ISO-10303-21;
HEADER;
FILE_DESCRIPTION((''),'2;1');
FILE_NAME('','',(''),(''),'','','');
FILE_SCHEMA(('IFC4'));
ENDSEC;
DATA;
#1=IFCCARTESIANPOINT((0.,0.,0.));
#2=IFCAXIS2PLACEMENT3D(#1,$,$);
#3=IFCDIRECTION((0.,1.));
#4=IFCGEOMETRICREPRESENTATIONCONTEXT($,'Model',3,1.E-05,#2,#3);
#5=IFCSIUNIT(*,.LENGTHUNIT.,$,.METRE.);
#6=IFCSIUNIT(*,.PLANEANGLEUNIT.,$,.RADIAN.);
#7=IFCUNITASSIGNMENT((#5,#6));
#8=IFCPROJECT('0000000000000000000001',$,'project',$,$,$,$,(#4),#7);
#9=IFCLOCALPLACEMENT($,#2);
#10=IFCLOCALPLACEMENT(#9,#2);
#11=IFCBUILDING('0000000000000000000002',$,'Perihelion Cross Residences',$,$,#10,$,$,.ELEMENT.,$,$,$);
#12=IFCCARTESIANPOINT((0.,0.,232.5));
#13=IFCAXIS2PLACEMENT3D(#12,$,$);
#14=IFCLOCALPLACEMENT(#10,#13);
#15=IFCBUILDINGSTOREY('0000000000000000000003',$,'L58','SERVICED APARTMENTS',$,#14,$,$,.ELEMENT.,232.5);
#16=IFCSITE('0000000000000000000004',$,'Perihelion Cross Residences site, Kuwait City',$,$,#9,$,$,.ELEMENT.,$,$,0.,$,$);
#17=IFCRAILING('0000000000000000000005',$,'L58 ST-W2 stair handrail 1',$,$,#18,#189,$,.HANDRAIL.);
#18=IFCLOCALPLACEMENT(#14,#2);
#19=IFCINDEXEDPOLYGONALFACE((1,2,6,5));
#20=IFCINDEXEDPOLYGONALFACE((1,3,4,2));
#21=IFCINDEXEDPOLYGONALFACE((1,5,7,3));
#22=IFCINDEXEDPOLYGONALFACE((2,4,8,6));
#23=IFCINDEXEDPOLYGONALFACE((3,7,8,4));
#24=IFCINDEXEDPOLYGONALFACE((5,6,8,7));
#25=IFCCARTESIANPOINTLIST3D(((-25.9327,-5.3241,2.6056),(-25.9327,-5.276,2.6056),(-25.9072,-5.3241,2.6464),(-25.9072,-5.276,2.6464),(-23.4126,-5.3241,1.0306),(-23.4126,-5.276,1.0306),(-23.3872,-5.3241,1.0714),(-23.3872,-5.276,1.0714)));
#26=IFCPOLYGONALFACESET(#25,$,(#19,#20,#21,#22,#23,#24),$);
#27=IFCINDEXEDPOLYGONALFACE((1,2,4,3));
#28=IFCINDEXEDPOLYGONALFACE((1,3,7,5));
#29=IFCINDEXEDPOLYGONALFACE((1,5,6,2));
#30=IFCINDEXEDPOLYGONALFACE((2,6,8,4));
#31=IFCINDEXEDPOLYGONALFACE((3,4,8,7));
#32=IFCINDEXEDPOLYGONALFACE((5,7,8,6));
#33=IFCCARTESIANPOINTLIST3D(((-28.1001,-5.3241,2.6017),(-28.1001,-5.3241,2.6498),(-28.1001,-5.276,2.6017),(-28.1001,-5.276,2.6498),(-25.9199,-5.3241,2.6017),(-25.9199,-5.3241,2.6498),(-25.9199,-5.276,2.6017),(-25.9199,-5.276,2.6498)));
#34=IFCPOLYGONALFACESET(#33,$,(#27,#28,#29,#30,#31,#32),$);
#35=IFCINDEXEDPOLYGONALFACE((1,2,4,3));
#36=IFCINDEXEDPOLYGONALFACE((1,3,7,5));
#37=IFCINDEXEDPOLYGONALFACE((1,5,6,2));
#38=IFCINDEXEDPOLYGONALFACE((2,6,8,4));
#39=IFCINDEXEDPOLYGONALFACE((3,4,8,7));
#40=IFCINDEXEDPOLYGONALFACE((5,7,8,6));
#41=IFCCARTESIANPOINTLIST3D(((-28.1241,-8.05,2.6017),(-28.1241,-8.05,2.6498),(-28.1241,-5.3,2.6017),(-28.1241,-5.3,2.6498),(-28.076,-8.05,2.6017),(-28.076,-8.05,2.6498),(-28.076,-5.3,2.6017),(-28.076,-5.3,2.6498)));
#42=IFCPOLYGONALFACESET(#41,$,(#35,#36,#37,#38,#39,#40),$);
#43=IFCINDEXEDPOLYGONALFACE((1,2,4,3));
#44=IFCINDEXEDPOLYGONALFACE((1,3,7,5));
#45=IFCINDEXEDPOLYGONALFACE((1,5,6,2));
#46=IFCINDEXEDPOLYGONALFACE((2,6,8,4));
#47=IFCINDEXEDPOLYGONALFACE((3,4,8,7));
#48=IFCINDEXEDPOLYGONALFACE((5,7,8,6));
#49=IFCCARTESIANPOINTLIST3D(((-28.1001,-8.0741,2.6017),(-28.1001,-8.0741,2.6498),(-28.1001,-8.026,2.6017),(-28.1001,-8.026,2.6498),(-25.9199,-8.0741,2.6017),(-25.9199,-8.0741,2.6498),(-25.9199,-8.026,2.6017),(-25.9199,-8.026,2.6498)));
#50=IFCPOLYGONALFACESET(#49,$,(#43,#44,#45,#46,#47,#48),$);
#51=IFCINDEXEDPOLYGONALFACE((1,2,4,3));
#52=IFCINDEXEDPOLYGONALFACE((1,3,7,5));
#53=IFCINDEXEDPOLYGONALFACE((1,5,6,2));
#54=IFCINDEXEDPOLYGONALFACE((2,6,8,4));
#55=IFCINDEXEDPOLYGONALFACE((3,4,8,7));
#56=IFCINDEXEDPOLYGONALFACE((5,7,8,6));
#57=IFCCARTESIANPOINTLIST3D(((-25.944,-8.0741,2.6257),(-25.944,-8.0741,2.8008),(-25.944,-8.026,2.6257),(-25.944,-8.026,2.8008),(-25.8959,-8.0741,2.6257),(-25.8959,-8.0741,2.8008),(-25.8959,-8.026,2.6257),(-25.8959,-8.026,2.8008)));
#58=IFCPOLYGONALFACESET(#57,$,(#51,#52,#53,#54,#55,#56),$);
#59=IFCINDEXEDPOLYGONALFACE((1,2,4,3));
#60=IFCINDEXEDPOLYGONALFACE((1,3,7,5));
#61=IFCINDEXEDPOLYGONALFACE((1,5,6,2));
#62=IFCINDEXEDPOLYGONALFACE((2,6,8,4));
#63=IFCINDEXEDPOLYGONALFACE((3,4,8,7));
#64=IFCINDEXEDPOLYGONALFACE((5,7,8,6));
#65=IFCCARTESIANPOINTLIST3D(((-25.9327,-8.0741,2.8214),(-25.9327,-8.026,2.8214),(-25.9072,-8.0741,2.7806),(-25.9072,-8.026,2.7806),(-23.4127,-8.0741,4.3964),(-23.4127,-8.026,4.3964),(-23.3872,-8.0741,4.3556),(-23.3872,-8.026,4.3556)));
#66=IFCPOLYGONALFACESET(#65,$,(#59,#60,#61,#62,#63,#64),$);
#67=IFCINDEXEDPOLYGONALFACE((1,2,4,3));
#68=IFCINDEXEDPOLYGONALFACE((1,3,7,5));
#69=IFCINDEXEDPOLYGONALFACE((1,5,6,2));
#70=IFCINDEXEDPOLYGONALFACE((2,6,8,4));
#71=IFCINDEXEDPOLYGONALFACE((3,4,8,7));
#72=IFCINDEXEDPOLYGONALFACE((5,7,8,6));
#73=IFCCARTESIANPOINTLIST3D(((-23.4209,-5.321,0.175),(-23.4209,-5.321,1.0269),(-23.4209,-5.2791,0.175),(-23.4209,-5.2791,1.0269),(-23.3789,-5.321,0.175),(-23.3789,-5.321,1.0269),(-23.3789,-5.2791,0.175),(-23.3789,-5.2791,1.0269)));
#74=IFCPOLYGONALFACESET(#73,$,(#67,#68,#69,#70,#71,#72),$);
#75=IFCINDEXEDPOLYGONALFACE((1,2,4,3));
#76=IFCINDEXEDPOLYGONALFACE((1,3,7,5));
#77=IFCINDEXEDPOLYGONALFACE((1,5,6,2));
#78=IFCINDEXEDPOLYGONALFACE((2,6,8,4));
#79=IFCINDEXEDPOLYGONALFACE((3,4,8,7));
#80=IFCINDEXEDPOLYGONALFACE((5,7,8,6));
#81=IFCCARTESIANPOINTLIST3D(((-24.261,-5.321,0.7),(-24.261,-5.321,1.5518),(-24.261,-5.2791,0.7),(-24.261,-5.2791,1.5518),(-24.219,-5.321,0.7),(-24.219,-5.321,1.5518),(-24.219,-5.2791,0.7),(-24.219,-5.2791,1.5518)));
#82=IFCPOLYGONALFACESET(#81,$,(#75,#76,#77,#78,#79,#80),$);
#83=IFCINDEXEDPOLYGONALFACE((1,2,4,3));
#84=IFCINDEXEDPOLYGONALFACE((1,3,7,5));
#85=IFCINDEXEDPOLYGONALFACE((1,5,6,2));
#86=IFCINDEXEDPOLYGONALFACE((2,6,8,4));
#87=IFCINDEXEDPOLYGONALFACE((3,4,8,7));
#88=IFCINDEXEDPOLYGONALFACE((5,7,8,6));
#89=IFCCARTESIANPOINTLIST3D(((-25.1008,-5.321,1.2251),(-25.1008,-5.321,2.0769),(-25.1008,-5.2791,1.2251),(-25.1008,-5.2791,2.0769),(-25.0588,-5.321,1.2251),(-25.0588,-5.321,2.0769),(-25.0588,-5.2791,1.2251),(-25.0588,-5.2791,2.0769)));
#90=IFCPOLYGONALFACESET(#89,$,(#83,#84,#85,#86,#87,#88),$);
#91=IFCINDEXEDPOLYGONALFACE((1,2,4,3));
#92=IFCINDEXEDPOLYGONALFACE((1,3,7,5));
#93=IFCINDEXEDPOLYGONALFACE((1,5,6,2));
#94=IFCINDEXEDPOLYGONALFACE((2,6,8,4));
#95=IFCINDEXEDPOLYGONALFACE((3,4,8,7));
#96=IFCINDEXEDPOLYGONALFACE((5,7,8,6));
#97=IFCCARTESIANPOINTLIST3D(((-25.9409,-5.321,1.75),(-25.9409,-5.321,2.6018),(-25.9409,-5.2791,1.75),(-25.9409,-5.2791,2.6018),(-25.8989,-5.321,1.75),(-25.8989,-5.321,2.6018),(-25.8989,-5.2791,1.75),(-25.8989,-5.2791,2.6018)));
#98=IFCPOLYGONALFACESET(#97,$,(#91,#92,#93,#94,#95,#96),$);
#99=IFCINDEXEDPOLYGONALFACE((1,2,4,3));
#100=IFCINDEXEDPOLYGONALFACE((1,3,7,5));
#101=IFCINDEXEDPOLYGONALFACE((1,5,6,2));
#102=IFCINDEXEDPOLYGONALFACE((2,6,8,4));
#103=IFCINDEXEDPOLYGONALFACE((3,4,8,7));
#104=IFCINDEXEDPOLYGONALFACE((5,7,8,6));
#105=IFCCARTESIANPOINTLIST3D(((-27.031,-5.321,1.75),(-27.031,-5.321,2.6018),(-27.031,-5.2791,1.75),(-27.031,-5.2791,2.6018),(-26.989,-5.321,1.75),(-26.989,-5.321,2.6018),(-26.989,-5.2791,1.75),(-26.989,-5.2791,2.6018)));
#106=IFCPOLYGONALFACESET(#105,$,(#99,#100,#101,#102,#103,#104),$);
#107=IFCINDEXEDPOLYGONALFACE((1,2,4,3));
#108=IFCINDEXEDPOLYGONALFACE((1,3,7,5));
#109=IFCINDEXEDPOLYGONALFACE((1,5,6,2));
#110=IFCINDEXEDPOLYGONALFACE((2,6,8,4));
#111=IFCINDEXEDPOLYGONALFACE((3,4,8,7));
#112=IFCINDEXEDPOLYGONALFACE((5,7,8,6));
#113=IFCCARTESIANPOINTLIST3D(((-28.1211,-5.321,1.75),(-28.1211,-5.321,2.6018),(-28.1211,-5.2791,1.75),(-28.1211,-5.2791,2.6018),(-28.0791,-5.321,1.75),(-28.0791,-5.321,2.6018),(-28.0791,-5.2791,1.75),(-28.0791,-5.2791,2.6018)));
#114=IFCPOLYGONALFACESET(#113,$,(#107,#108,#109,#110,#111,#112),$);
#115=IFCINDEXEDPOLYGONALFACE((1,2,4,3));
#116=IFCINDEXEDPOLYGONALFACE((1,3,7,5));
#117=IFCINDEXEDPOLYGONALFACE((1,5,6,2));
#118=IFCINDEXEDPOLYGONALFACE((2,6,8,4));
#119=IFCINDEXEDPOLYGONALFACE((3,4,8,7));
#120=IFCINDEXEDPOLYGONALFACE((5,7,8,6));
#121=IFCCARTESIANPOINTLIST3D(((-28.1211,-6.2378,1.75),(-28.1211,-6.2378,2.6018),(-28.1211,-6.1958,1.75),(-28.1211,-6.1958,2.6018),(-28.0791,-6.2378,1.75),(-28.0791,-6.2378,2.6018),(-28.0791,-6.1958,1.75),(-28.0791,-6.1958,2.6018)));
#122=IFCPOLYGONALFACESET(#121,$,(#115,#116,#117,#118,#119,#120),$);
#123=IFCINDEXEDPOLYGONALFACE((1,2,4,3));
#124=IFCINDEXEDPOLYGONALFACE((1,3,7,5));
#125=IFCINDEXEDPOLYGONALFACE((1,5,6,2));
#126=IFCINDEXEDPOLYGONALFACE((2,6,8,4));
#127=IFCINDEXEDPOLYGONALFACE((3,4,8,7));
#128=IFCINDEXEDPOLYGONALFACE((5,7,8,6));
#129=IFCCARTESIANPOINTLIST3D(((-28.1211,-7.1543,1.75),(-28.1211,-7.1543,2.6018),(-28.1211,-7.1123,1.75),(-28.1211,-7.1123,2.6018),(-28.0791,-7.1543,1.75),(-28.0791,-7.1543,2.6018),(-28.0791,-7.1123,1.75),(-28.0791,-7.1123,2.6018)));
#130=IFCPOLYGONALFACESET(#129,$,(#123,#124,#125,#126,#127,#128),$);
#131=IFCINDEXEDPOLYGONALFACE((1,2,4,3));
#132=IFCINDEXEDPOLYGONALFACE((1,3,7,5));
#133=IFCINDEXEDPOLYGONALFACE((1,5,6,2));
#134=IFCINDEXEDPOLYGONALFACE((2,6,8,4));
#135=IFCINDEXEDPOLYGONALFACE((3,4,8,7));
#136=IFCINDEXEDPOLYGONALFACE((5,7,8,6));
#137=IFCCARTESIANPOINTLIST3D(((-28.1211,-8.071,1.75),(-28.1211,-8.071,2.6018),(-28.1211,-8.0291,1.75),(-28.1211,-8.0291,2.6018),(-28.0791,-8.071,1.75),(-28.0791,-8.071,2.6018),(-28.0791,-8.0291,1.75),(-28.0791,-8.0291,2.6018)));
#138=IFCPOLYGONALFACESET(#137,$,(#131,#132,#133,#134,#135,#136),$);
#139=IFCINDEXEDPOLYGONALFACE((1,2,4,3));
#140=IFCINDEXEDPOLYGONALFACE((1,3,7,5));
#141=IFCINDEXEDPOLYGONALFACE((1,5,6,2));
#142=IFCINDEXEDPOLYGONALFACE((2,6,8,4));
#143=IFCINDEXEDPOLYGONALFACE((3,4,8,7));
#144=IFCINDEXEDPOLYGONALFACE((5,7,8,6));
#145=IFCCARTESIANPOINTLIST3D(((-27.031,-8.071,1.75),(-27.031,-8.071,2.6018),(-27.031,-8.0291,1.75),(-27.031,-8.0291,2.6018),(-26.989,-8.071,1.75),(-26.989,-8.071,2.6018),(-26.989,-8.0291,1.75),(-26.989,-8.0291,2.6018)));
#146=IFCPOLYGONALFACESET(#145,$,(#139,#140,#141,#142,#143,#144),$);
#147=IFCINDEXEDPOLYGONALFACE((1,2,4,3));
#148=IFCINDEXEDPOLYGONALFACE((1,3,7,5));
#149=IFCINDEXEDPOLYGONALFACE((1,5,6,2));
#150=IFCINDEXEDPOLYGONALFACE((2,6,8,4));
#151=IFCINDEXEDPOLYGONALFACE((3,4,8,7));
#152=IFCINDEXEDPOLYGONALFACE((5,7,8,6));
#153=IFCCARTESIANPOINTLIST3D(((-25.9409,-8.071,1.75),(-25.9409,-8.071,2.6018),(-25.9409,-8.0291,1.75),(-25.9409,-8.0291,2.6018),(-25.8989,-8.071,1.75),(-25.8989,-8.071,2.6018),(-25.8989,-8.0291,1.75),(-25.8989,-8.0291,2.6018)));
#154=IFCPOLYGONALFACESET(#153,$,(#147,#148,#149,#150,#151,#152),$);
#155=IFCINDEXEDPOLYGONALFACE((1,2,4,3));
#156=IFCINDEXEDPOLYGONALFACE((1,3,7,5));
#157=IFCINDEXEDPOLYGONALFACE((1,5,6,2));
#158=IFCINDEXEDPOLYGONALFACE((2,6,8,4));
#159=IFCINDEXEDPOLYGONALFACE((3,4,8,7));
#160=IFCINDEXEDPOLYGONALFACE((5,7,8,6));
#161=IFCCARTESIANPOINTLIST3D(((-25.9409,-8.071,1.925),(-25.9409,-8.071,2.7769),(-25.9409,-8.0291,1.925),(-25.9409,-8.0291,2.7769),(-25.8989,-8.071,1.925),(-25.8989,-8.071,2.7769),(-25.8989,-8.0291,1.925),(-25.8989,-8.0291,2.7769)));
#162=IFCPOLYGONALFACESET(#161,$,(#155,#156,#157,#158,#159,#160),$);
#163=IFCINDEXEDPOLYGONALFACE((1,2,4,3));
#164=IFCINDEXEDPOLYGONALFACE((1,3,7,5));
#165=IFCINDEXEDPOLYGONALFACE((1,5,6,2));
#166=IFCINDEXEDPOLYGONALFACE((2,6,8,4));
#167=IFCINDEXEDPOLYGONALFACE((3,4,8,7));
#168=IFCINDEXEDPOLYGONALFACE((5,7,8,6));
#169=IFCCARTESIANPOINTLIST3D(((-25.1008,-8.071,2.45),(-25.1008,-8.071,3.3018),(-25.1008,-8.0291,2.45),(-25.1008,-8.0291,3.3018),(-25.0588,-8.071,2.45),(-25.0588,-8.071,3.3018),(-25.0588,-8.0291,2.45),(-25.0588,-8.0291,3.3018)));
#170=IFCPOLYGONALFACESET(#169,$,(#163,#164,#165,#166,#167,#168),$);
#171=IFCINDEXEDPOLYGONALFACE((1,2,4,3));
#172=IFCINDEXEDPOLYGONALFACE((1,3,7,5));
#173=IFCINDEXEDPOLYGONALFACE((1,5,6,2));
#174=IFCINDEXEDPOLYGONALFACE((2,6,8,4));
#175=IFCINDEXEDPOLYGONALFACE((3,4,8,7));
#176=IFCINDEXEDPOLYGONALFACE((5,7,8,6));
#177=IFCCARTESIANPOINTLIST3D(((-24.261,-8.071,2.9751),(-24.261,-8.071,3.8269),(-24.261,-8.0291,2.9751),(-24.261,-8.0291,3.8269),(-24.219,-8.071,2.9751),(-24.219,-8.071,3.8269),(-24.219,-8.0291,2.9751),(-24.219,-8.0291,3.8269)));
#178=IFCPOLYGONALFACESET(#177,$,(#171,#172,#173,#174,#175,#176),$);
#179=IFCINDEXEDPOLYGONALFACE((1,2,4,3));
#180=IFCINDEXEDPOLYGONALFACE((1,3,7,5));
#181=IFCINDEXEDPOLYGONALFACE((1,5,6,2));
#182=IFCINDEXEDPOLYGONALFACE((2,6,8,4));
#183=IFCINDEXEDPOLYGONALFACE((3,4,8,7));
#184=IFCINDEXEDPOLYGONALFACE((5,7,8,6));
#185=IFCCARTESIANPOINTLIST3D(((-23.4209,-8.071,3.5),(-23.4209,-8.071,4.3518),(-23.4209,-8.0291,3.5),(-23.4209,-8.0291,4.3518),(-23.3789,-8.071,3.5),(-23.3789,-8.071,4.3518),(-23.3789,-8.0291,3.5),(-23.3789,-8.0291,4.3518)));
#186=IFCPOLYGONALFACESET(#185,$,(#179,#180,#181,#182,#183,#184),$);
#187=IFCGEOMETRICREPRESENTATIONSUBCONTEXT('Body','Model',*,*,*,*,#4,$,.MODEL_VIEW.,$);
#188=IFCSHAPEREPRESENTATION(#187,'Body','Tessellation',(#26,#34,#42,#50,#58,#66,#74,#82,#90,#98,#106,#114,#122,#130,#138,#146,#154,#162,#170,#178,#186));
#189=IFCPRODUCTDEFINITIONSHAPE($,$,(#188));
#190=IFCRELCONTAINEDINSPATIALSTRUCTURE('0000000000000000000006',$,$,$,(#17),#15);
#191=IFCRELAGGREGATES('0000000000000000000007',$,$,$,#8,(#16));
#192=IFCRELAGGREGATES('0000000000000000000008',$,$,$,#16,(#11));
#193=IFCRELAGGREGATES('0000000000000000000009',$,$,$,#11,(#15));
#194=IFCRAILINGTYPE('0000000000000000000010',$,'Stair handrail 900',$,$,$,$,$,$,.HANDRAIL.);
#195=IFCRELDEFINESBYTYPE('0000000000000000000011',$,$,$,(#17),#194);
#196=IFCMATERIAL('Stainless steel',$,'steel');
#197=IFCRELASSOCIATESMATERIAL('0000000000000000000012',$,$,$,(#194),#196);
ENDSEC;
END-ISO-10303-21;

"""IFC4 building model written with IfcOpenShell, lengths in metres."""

from ifc_helpers import new_model, si_unit, direction, frame, origin, origin_2d, place, context, subcontext, project, spatial, rectangle, extrude, material, type_object, element, save


model = new_model("IFC4")

# Units and contexts
model_context = context("Model", 3, precision=1e-05, world=origin(), true_north=direction((0.0, 1.0)))
body_context = subcontext(model_context, "Body", "Model", "MODEL_VIEW")
ifc_project = project(units=[si_unit("LENGTHUNIT", "METRE"), si_unit("PLANEANGLEUNIT", "RADIAN")], contexts=[model_context])

# Site, building, storey
site_placement = place(None, origin())
site = spatial("IfcSite", under=ifc_project, at=site_placement, Name="Perihelion Cross Residences site, Kuwait City", CompositionType="ELEMENT", RefElevation=0.0)
building_placement = place(site_placement, origin())
building = spatial("IfcBuilding", under=site, at=building_placement, Name="Perihelion Cross Residences", CompositionType="ELEMENT")
storey_placement = place(building_placement, frame((0.0, 0.0, 232.5)))
storey = spatial("IfcBuildingStorey", under=building, at=storey_placement, Name="L58", Description="SERVICED APARTMENTS", CompositionType="ELEMENT", Elevation=232.5)

# Railing
ifc_material_1 = material(Name="Stainless steel", Category="steel")
railing_type_1 = type_object("IfcRailingType", Name="Stair handrail 900", PredefinedType="HANDRAIL", material=ifc_material_1)
railing_1_placement = place(storey_placement, frame((-23.3999, -5.3, 0.175)))
element("IfcRailing", 1, at=railing_1_placement, inside=storey, type_object=railing_type_1, Name="L58 ST-W2 stair handrail 1", PredefinedType="HANDRAIL", context=body_context, shape_type="SweptSolid", body=[
    extrude(rectangle(XDim=0.0481, YDim=0.0481, at=origin_2d()), frame((0.0, 0.0, 0.876), z_axis=(-0.848008, 0.0, 0.529984), x_axis=(0.0, -1.0, 0.0)), (0.0, 0.0, 1.0), 2.9717),
    extrude(rectangle(XDim=0.0481, YDim=0.0481, at=origin_2d()), frame((-2.52, 0.0, 2.4507), z_axis=(-1.0, 0.0, 0.0), x_axis=(0.0, -1.0, 0.0)), (0.0, 0.0, 1.0), 2.1802),
    extrude(rectangle(XDim=0.0481, YDim=0.0481, at=origin_2d()), frame((-4.7002, 0.0, 2.4507), z_axis=(0.0, -1.0, 0.0), x_axis=(1.0, 0.0, 0.0)), (0.0, 0.0, 1.0), 2.75),
    extrude(rectangle(XDim=0.0481, YDim=0.0481, at=origin_2d()), frame((-4.7002, -2.75, 2.4507), z_axis=(1.0, 0.0, 0.0), x_axis=(0.0, 1.0, 0.0)), (0.0, 0.0, 1.0), 2.1802),
    extrude(rectangle(XDim=0.0481, YDim=0.0481, at=origin_2d()), frame((-2.52, -2.75, 2.4507), z_axis=(0.0, 0.0, 1.0), x_axis=(1.0, 0.0, 0.0)), (0.0, 0.0, 1.0), 0.175),
    extrude(rectangle(XDim=0.0481, YDim=0.0481, at=origin_2d()), frame((-2.52, -2.75, 2.626), z_axis=(0.848008, 0.0, 0.529984), x_axis=(0.0, 1.0, 0.0)), (0.0, 0.0, 1.0), 2.9717),
    extrude(rectangle(XDim=0.042, YDim=0.042, at=origin_2d()), origin(), (0.0, 0.0, 1.0), 0.8518),
    extrude(rectangle(XDim=0.042, YDim=0.042, at=origin_2d()), frame((-0.8401, 0.0, 0.5249)), (0.0, 0.0, 1.0), 0.8518),
    extrude(rectangle(XDim=0.042, YDim=0.042, at=origin_2d()), frame((-1.6799, 0.0, 1.05)), (0.0, 0.0, 1.0), 0.8518),
    extrude(rectangle(XDim=0.042, YDim=0.042, at=origin_2d()), frame((-2.52, 0.0, 1.575)), (0.0, 0.0, 1.0), 0.8518),
    extrude(rectangle(XDim=0.042, YDim=0.042, at=origin_2d()), frame((-3.6101, 0.0, 1.575)), (0.0, 0.0, 1.0), 0.8518),
    extrude(rectangle(XDim=0.042, YDim=0.042, at=origin_2d()), frame((-4.7002, 0.0, 1.575)), (0.0, 0.0, 1.0), 0.8518),
    extrude(rectangle(XDim=0.042, YDim=0.042, at=origin_2d()), frame((-4.7002, -0.9167, 1.575)), (0.0, 0.0, 1.0), 0.8518),
    extrude(rectangle(XDim=0.042, YDim=0.042, at=origin_2d()), frame((-4.7002, -1.8333, 1.575)), (0.0, 0.0, 1.0), 0.8518),
    extrude(rectangle(XDim=0.042, YDim=0.042, at=origin_2d()), frame((-4.7002, -2.75, 1.575)), (0.0, 0.0, 1.0), 0.8518),
    extrude(rectangle(XDim=0.042, YDim=0.042, at=origin_2d()), frame((-3.6101, -2.75, 1.575)), (0.0, 0.0, 1.0), 0.8518),
    extrude(rectangle(XDim=0.042, YDim=0.042, at=origin_2d()), frame((-2.52, -2.75, 1.575)), (0.0, 0.0, 1.0), 0.8518),
    extrude(rectangle(XDim=0.042, YDim=0.042, at=origin_2d()), frame((-2.52, -2.75, 1.75)), (0.0, 0.0, 1.0), 0.8518),
    extrude(rectangle(XDim=0.042, YDim=0.042, at=origin_2d()), frame((-1.6799, -2.75, 2.2749)), (0.0, 0.0, 1.0), 0.8518),
    extrude(rectangle(XDim=0.042, YDim=0.042, at=origin_2d()), frame((-0.8401, -2.75, 2.8)), (0.0, 0.0, 1.0), 0.8518),
    extrude(rectangle(XDim=0.042, YDim=0.042, at=origin_2d()), frame((0.0, -2.75, 3.325)), (0.0, 0.0, 1.0), 0.8518),
])

save(model, "model.ifc")
